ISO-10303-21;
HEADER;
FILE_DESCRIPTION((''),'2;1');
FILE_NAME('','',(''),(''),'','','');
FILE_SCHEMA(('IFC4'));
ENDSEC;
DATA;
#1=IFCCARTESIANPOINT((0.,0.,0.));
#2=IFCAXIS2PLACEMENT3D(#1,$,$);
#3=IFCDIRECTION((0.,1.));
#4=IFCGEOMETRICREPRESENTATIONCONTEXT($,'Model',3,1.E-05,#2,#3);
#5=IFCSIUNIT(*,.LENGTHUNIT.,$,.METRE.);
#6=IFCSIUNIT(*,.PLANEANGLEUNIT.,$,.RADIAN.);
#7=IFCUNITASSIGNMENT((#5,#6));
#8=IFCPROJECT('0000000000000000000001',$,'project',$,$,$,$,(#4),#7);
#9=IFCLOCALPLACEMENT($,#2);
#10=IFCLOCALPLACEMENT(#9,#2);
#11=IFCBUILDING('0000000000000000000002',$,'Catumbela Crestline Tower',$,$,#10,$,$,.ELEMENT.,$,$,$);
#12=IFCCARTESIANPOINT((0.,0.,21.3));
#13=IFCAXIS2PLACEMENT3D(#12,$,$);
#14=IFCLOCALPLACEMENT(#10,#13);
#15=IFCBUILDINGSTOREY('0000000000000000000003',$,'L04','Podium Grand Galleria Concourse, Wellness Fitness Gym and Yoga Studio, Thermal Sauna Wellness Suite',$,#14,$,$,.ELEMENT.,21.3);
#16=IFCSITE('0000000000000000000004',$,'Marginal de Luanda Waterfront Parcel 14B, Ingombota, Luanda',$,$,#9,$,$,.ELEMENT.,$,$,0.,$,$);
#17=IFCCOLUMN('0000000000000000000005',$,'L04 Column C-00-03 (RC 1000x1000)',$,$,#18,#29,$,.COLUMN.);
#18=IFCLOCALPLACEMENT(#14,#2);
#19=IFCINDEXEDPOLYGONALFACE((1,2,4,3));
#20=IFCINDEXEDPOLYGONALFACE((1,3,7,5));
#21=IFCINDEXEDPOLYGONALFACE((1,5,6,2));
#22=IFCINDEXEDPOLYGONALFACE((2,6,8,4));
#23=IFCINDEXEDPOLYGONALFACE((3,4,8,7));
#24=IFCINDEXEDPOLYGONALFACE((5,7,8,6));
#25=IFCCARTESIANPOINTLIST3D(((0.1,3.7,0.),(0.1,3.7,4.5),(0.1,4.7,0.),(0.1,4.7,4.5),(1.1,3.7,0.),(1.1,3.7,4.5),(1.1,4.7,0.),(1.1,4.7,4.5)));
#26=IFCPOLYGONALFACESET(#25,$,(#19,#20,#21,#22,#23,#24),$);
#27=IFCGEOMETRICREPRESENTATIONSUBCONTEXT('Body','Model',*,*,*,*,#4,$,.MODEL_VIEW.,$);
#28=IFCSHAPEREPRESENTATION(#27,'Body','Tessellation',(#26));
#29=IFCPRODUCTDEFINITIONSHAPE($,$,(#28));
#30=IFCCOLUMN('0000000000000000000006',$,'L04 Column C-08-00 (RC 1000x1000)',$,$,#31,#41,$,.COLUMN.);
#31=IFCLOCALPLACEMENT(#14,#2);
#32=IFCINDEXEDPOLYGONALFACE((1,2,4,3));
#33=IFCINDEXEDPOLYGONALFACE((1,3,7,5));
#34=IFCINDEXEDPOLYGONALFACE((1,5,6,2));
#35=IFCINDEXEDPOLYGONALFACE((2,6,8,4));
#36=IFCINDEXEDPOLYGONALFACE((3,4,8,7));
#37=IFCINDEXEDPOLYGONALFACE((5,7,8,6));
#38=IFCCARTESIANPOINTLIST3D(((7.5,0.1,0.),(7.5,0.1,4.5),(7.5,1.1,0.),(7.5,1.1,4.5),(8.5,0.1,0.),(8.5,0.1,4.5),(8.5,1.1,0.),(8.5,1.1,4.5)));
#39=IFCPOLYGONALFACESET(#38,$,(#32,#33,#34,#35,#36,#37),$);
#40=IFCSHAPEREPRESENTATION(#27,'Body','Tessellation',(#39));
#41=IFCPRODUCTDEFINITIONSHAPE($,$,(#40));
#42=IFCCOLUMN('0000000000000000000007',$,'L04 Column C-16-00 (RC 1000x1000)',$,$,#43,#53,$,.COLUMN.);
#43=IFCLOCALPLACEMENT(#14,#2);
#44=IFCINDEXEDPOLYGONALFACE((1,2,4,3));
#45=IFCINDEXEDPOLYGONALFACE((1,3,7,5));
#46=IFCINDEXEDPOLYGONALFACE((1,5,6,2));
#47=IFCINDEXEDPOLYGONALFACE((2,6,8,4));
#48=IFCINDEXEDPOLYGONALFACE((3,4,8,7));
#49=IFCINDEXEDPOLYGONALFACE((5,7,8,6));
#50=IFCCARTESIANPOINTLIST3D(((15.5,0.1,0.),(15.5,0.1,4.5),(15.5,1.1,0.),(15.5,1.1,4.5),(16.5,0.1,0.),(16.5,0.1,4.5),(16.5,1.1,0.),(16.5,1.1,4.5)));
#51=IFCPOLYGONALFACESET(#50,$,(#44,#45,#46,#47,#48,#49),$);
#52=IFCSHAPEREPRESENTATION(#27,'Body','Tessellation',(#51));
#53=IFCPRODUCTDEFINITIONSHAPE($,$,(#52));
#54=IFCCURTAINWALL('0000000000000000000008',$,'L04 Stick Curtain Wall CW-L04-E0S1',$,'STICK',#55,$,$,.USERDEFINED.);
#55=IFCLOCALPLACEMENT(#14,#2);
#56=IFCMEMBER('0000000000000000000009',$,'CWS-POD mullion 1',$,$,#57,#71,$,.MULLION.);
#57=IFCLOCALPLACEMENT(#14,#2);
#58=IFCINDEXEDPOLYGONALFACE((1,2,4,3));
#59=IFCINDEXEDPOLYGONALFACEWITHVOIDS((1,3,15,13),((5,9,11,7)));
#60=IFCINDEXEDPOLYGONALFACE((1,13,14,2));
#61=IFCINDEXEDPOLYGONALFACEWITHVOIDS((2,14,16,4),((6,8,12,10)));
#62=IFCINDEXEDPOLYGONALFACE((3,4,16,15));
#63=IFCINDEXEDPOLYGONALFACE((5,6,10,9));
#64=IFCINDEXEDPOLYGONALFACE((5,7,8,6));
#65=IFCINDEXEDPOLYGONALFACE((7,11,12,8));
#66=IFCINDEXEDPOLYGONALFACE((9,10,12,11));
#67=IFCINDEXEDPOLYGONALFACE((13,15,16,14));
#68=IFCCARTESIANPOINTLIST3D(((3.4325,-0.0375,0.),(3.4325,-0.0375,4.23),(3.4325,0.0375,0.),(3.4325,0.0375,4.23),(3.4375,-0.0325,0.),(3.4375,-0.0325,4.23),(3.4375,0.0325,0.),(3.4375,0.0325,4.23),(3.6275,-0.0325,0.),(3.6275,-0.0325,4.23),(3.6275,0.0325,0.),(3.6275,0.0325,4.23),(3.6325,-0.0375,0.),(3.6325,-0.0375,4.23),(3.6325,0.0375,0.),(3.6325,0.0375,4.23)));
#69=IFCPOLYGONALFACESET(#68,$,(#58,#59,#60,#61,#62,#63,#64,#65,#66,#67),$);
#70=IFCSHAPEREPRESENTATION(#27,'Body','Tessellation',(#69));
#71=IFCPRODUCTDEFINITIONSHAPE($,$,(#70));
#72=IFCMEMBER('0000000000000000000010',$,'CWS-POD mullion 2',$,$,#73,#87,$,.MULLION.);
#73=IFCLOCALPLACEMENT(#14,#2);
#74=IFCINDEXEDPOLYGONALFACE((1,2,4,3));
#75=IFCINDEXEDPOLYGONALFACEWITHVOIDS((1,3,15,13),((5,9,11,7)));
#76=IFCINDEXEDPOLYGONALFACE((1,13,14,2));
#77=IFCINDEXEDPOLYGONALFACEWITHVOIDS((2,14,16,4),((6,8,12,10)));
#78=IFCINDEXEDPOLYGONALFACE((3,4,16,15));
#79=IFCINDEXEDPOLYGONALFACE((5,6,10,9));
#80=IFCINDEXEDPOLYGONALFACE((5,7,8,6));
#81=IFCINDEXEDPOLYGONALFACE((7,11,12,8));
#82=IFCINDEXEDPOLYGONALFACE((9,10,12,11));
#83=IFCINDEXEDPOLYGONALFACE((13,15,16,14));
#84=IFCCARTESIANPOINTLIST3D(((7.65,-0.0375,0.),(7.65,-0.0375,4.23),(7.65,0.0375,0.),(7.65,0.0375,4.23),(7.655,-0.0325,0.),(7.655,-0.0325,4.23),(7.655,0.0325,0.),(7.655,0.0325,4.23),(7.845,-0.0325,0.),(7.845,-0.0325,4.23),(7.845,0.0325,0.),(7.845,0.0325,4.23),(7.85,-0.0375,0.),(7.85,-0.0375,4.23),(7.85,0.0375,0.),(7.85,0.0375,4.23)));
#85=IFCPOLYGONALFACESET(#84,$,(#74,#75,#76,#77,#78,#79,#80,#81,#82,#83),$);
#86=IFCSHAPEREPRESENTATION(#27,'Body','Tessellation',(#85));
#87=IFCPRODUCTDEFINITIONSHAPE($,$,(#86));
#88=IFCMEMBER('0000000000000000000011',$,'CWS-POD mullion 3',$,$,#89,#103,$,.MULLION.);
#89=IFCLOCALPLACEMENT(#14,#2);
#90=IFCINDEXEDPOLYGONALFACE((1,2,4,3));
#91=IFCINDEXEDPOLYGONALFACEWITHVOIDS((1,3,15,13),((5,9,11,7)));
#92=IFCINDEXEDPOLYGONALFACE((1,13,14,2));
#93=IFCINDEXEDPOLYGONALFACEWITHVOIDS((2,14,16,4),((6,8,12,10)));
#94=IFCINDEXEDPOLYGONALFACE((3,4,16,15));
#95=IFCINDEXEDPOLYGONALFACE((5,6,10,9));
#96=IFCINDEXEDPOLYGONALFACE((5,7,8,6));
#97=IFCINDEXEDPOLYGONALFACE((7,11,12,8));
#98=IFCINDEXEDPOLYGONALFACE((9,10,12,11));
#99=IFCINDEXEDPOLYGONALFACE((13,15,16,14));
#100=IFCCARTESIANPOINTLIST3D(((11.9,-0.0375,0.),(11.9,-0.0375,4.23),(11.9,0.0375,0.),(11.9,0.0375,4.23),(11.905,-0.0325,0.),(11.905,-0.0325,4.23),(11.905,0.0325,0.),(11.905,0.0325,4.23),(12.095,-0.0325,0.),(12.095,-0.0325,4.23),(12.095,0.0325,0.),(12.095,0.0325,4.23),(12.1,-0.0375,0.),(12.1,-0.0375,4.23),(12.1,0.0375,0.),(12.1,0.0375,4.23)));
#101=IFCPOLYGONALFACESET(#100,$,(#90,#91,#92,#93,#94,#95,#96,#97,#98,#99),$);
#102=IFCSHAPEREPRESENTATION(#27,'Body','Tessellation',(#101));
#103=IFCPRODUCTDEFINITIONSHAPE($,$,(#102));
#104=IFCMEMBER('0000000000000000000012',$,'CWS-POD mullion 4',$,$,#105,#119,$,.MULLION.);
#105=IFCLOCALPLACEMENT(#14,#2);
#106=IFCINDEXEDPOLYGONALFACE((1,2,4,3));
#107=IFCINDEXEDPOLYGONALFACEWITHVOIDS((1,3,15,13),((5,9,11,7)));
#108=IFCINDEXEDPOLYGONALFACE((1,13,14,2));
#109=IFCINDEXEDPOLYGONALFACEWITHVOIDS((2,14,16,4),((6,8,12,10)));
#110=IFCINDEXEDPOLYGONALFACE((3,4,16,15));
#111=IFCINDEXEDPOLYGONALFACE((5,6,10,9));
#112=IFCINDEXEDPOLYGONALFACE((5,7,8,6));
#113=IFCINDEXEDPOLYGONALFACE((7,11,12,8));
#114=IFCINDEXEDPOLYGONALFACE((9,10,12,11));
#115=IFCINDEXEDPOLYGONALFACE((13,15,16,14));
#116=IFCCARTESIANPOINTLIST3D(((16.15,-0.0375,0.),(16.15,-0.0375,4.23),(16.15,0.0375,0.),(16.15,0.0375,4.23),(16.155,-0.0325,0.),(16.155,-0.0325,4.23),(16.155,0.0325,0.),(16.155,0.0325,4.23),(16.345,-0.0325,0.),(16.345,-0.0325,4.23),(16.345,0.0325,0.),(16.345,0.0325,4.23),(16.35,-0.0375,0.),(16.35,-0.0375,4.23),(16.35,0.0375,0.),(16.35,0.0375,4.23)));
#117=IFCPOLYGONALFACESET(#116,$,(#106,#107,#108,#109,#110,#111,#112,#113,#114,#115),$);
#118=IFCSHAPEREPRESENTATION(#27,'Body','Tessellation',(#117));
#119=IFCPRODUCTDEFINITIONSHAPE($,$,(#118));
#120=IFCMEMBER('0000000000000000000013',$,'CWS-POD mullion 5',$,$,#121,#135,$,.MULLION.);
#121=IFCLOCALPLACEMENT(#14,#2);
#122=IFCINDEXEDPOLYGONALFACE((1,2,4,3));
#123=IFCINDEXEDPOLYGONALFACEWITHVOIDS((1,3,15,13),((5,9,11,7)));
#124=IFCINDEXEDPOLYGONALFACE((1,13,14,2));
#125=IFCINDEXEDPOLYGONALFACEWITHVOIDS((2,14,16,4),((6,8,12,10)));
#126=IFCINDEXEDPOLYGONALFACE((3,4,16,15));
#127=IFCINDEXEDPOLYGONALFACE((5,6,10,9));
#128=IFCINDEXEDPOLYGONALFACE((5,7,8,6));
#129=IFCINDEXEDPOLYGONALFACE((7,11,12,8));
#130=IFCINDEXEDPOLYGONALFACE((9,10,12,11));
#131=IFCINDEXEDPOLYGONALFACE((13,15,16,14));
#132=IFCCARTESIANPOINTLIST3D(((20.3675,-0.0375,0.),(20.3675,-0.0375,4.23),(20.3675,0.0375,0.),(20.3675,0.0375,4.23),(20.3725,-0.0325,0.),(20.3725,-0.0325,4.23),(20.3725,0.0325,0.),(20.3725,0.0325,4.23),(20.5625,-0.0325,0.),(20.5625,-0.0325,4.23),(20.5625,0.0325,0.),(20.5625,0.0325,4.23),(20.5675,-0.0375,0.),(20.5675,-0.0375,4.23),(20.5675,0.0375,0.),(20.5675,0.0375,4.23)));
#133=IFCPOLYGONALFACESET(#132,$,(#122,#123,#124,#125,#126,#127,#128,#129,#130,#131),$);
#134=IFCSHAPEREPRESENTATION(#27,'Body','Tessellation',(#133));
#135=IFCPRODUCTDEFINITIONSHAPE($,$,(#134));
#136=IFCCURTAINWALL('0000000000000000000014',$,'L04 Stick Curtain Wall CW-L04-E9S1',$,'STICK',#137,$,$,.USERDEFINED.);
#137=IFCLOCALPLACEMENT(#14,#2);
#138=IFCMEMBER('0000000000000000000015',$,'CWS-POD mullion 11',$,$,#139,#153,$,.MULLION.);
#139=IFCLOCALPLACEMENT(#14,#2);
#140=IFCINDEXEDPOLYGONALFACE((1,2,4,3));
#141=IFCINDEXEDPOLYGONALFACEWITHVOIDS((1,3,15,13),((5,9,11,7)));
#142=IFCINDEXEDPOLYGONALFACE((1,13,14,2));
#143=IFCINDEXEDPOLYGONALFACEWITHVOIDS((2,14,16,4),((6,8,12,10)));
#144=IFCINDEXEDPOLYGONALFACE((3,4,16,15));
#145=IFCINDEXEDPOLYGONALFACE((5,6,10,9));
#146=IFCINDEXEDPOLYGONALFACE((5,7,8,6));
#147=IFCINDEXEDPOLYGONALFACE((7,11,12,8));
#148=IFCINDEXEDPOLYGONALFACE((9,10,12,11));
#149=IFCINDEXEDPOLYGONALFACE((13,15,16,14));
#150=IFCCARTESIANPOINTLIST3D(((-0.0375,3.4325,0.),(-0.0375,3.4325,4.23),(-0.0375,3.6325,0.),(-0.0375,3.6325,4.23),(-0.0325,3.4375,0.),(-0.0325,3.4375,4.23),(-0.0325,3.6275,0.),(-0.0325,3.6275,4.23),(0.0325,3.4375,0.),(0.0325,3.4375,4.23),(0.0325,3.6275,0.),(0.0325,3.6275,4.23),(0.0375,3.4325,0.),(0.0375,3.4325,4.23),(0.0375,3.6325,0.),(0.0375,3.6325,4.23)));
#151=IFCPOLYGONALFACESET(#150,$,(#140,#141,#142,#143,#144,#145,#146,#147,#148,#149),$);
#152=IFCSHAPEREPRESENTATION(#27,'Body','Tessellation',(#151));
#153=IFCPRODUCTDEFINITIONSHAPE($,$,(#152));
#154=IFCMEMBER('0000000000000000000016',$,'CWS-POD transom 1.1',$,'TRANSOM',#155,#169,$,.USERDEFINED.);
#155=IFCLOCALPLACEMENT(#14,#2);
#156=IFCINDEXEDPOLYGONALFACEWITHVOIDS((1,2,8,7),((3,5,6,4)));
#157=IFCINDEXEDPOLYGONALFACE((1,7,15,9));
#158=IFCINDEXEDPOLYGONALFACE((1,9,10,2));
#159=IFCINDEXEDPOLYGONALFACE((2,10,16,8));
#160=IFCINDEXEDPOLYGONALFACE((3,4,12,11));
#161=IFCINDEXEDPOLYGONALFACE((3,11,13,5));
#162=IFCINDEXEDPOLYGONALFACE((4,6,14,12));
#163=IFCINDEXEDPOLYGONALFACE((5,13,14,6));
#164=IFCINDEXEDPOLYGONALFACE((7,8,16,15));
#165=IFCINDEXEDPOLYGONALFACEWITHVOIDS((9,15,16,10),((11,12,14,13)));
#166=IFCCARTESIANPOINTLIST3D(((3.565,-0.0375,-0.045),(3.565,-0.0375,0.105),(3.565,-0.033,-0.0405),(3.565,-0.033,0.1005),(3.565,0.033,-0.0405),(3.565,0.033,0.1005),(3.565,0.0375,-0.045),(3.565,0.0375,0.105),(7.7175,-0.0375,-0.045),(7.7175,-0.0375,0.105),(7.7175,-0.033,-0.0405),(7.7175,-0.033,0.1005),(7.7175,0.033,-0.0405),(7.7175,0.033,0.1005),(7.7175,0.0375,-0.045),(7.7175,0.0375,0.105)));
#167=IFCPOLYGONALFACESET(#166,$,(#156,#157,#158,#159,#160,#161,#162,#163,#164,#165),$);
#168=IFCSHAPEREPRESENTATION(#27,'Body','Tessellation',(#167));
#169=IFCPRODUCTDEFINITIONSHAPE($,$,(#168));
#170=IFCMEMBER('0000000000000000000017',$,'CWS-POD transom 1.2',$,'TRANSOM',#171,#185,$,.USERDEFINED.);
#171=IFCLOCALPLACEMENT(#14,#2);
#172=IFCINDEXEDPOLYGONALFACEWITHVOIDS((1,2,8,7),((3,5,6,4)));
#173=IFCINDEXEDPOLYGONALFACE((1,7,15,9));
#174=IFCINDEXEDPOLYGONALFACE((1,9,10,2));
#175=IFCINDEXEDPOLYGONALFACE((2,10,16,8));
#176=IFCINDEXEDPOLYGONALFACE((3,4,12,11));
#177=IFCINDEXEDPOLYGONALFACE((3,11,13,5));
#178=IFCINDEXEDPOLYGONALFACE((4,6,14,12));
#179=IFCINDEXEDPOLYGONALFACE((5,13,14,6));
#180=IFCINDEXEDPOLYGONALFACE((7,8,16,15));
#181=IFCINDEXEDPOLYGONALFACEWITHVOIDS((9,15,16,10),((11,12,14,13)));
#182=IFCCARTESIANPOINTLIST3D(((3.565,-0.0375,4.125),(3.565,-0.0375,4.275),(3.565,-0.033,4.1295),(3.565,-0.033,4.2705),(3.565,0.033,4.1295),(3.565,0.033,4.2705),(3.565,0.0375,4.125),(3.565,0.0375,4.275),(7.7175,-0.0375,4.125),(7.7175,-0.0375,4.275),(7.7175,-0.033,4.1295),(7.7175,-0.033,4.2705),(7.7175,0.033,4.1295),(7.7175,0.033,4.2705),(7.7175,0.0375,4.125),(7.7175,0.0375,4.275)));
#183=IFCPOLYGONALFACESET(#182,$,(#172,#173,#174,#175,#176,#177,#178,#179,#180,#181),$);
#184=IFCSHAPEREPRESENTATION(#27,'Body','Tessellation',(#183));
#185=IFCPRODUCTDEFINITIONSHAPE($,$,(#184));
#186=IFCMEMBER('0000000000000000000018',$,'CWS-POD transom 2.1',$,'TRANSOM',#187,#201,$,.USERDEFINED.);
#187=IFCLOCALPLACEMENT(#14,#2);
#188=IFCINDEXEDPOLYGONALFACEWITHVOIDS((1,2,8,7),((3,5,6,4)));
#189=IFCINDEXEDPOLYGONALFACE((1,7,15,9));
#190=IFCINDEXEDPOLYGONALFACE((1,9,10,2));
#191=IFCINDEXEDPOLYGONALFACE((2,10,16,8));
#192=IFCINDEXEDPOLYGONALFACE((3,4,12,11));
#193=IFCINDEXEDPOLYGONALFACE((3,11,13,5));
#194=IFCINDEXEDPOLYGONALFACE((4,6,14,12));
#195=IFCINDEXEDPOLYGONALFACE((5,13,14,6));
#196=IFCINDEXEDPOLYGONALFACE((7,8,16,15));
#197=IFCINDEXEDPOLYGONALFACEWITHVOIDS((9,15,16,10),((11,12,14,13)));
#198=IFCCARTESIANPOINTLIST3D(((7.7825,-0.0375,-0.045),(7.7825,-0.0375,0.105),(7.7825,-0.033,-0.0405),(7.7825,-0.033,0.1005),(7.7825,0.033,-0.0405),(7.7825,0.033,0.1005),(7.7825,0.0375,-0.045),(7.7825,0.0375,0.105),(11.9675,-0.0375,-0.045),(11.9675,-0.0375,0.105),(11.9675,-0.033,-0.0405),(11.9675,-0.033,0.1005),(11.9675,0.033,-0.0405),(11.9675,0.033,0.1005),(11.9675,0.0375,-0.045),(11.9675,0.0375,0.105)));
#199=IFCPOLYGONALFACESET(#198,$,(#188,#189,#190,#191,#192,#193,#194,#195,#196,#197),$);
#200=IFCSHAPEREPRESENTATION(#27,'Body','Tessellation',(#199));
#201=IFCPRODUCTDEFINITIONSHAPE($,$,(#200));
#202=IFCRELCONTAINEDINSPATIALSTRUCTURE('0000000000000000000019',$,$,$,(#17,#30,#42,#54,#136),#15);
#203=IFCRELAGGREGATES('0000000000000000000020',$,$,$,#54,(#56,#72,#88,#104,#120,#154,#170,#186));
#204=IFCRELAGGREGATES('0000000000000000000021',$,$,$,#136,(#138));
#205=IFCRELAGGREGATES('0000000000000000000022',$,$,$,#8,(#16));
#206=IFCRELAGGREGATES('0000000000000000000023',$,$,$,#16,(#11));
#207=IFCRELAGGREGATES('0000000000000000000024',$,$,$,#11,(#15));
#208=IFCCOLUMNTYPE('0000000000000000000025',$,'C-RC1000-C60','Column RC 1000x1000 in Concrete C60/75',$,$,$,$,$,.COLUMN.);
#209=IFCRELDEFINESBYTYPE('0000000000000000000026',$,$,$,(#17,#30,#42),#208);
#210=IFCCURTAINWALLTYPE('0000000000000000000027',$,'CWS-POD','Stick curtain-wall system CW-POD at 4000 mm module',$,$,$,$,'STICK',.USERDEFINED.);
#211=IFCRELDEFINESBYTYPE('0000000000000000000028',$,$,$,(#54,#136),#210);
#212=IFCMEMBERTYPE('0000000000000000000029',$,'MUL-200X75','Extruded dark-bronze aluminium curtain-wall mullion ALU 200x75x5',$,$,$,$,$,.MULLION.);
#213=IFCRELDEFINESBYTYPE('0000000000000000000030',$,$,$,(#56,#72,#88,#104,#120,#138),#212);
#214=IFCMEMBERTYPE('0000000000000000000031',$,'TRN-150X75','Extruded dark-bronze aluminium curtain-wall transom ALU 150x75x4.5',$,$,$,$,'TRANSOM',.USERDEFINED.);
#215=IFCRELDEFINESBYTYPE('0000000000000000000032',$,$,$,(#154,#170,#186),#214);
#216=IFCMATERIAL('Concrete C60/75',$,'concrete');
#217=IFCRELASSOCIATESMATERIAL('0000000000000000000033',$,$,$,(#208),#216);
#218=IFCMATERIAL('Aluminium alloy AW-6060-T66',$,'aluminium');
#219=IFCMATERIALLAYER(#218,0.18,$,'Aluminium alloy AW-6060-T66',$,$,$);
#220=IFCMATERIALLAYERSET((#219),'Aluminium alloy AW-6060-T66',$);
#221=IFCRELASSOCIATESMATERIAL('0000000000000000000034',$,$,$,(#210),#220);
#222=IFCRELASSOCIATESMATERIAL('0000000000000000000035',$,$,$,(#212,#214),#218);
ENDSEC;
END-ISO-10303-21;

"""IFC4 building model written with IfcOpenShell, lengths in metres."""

from ifc_helpers import new_model, si_unit, direction, frame, origin, origin_2d, place, context, subcontext, project, spatial, rectangle, hollow_rectangle, extrude, material, layer, layer_set, material_profile, profile_set, type_object, element, aggregate, save


model = new_model("IFC4")

# Units and contexts
model_context = context("Model", 3, precision=1e-05, world=origin(), true_north=direction((0.0, 1.0)))
body_context = subcontext(model_context, "Body", "Model", "MODEL_VIEW")
ifc_project = project(units=[si_unit("LENGTHUNIT", "METRE"), si_unit("PLANEANGLEUNIT", "RADIAN")], contexts=[model_context])

# Site, building, storey
site_placement = place(None, origin())
site = spatial("IfcSite", under=ifc_project, at=site_placement, Name="Marginal de Luanda Waterfront Parcel 14B, Ingombota, Luanda", CompositionType="ELEMENT", RefElevation=0.0)
building_placement = place(site_placement, origin())
building = spatial("IfcBuilding", under=site, at=building_placement, Name="Catumbela Crestline Tower", CompositionType="ELEMENT")
storey_placement = place(building_placement, frame((0.0, 0.0, 21.3)))
storey = spatial("IfcBuildingStorey", under=building, at=storey_placement, Name="L04", Description="Podium Grand Galleria Concourse, Wellness Fitness Gym and Yoga Studio, Thermal Sauna Wellness Suite", CompositionType="ELEMENT", Elevation=21.3)

# Columns
ifc_material_1 = material(Name="Concrete C60/75", Category="concrete")
ifc_material_profile_1 = material_profile(ifc_material_1, rectangle(XDim=1.0, YDim=1.0, at=origin_2d()), Name="RC 1000x1000")
ifc_profile_set_1 = profile_set([ifc_material_profile_1], Name="Concrete C60/75")
column_type = type_object("IfcColumnType", Name="C-RC1000-C60", Description="Column RC 1000x1000 in Concrete C60/75", PredefinedType="COLUMN", material=ifc_profile_set_1)
for number, where, z_axis, x_axis, name in (
    (1, (0.6, 4.2, 0.0), (0.0, 0.0, 1.0), (1.0, 0.0, 0.0), "L04 Column C-00-03 (RC 1000x1000)"),
    (2, (8.0, 0.6, 0.0), (0.0, 0.0, 1.0), (1.0, 0.0, 0.0), "L04 Column C-08-00 (RC 1000x1000)"),
    (3, (16.0, 0.6, 0.0), (0.0, 0.0, 1.0), (1.0, 0.0, 0.0), "L04 Column C-16-00 (RC 1000x1000)"),
):
    element("IfcColumn", number, at=place(storey_placement, frame(where, z_axis=z_axis, x_axis=x_axis)), inside=storey, type_object=column_type, Name=name, PredefinedType="COLUMN", context=body_context, shape_type="SweptSolid", body=[
        extrude(rectangle(XDim=1.0, YDim=1.0, at=origin_2d()), origin(), (0.0, 0.0, 1.0), 4.5),
    ])

# Curtain wall, members
ifc_material_2 = material(Name="Aluminium alloy AW-6060-T66", Category="aluminium")
ifc_layer_1 = layer(ifc_material_2, 0.18, Name="Aluminium alloy AW-6060-T66")
ifc_layer_set_1 = layer_set([ifc_layer_1], Name="Aluminium alloy AW-6060-T66")
curtain_wall_type = type_object("IfcCurtainWallType", Name="CWS-POD", Description="Stick curtain-wall system CW-POD at 4000 mm module", ElementType="STICK", PredefinedType="USERDEFINED", material=ifc_layer_set_1)
curtain_wall_1_placement = place(storey_placement, origin())
curtain_wall_1 = element("IfcCurtainWall", 4, at=curtain_wall_1_placement, inside=storey, type_object=curtain_wall_type, Name="L04 Stick Curtain Wall CW-L04-E0S1", ObjectType="STICK", PredefinedType="USERDEFINED")
ifc_material_profile_2 = material_profile(ifc_material_2, hollow_rectangle(XDim=0.075, YDim=0.2, WallThickness=0.005, at=origin_2d()), Name="ALU 200x75x5")
ifc_profile_set_2 = profile_set([ifc_material_profile_2], Name="Aluminium alloy AW-6060-T66")
member_type_1 = type_object("IfcMemberType", Name="MUL-200X75", Description="Extruded dark-bronze aluminium curtain-wall mullion ALU 200x75x5", PredefinedType="MULLION", material=ifc_profile_set_2)
member_1_placement = place(storey_placement, frame((3.5325, 0.0, 0.0), z_axis=(0.0, 0.0, 1.0), x_axis=(0.0, 1.0, 0.0)))
member_1 = element("IfcMember", 5, at=member_1_placement, type_object=member_type_1, Name="CWS-POD mullion 1", PredefinedType="MULLION", context=body_context, shape_type="SweptSolid", body=[
    extrude(hollow_rectangle(XDim=0.075, YDim=0.2, WallThickness=0.005, at=origin_2d()), origin(), (0.0, 0.0, 1.0), 4.23),
])
member_2_placement = place(storey_placement, frame((7.75, 0.0, 0.0), z_axis=(0.0, 0.0, 1.0), x_axis=(0.0, 1.0, 0.0)))
member_2 = element("IfcMember", 6, at=member_2_placement, type_object=member_type_1, Name="CWS-POD mullion 2", PredefinedType="MULLION", context=body_context, shape_type="SweptSolid", body=[
    extrude(hollow_rectangle(XDim=0.075, YDim=0.2, WallThickness=0.005, at=origin_2d()), origin(), (0.0, 0.0, 1.0), 4.23),
])
member_3_placement = place(storey_placement, frame((12.0, 0.0, 0.0), z_axis=(0.0, 0.0, 1.0), x_axis=(0.0, 1.0, 0.0)))
member_3 = element("IfcMember", 7, at=member_3_placement, type_object=member_type_1, Name="CWS-POD mullion 3", PredefinedType="MULLION", context=body_context, shape_type="SweptSolid", body=[
    extrude(hollow_rectangle(XDim=0.075, YDim=0.2, WallThickness=0.005, at=origin_2d()), origin(), (0.0, 0.0, 1.0), 4.23),
])
member_4_placement = place(storey_placement, frame((16.25, 0.0, 0.0), z_axis=(0.0, 0.0, 1.0), x_axis=(0.0, 1.0, 0.0)))
member_4 = element("IfcMember", 8, at=member_4_placement, type_object=member_type_1, Name="CWS-POD mullion 4", PredefinedType="MULLION", context=body_context, shape_type="SweptSolid", body=[
    extrude(hollow_rectangle(XDim=0.075, YDim=0.2, WallThickness=0.005, at=origin_2d()), origin(), (0.0, 0.0, 1.0), 4.23),
])
member_5_placement = place(storey_placement, frame((20.4675, 0.0, 0.0), z_axis=(0.0, 0.0, 1.0), x_axis=(0.0, 1.0, 0.0)))
member_5 = element("IfcMember", 9, at=member_5_placement, type_object=member_type_1, Name="CWS-POD mullion 5", PredefinedType="MULLION", context=body_context, shape_type="SweptSolid", body=[
    extrude(hollow_rectangle(XDim=0.075, YDim=0.2, WallThickness=0.005, at=origin_2d()), origin(), (0.0, 0.0, 1.0), 4.23),
])

# Curtain wall, member
curtain_wall_2_placement = place(storey_placement, origin())
curtain_wall_2 = element("IfcCurtainWall", 10, at=curtain_wall_2_placement, inside=storey, type_object=curtain_wall_type, Name="L04 Stick Curtain Wall CW-L04-E9S1", ObjectType="STICK", PredefinedType="USERDEFINED")
member_6_placement = place(storey_placement, frame((0.0, 3.5325, 0.0), z_axis=(0.0, 0.0, 1.0), x_axis=(1.0, 0.0, 0.0)))
member_6 = element("IfcMember", 11, at=member_6_placement, type_object=member_type_1, Name="CWS-POD mullion 11", PredefinedType="MULLION", context=body_context, shape_type="SweptSolid", body=[
    extrude(hollow_rectangle(XDim=0.075, YDim=0.2, WallThickness=0.005, at=origin_2d()), origin(), (0.0, 0.0, 1.0), 4.23),
])

# Members
ifc_material_profile_3 = material_profile(ifc_material_2, hollow_rectangle(XDim=0.075, YDim=0.15, WallThickness=0.0045, at=origin_2d()), Name="ALU 150x75x4.5")
ifc_profile_set_3 = profile_set([ifc_material_profile_3], Name="Aluminium alloy AW-6060-T66")
member_type_2 = type_object("IfcMemberType", Name="TRN-150X75", Description="Extruded dark-bronze aluminium curtain-wall transom ALU 150x75x4.5", ElementType="TRANSOM", PredefinedType="USERDEFINED", material=ifc_profile_set_3)
member_7_placement = place(storey_placement, frame((3.565, 0.0, 0.03), z_axis=(1.0, 0.0, 0.0), x_axis=(0.0, 1.0, 0.0)))
member_7 = element("IfcMember", 12, at=member_7_placement, type_object=member_type_2, Name="CWS-POD transom 1.1", ObjectType="TRANSOM", PredefinedType="USERDEFINED", context=body_context, shape_type="SweptSolid", body=[
    extrude(hollow_rectangle(XDim=0.075, YDim=0.15, WallThickness=0.0045, at=origin_2d()), origin(), (0.0, 0.0, 1.0), 4.1525),
])
member_8_placement = place(storey_placement, frame((3.565, 0.0, 4.2), z_axis=(1.0, 0.0, 0.0), x_axis=(0.0, 1.0, 0.0)))
member_8 = element("IfcMember", 13, at=member_8_placement, type_object=member_type_2, Name="CWS-POD transom 1.2", ObjectType="TRANSOM", PredefinedType="USERDEFINED", context=body_context, shape_type="SweptSolid", body=[
    extrude(hollow_rectangle(XDim=0.075, YDim=0.15, WallThickness=0.0045, at=origin_2d()), origin(), (0.0, 0.0, 1.0), 4.1525),
])
member_9_placement = place(storey_placement, frame((7.7825, 0.0, 0.03), z_axis=(1.0, 0.0, 0.0), x_axis=(0.0, 1.0, 0.0)))
member_9 = element("IfcMember", 14, at=member_9_placement, type_object=member_type_2, Name="CWS-POD transom 2.1", ObjectType="TRANSOM", PredefinedType="USERDEFINED", context=body_context, shape_type="SweptSolid", body=[
    extrude(hollow_rectangle(XDim=0.075, YDim=0.15, WallThickness=0.0045, at=origin_2d()), origin(), (0.0, 0.0, 1.0), 4.185),
])

aggregate(curtain_wall_1, [member_1, member_2, member_3, member_4, member_5, member_7, member_8, member_9])
aggregate(curtain_wall_2, [member_6])

save(model, "model.ifc")
